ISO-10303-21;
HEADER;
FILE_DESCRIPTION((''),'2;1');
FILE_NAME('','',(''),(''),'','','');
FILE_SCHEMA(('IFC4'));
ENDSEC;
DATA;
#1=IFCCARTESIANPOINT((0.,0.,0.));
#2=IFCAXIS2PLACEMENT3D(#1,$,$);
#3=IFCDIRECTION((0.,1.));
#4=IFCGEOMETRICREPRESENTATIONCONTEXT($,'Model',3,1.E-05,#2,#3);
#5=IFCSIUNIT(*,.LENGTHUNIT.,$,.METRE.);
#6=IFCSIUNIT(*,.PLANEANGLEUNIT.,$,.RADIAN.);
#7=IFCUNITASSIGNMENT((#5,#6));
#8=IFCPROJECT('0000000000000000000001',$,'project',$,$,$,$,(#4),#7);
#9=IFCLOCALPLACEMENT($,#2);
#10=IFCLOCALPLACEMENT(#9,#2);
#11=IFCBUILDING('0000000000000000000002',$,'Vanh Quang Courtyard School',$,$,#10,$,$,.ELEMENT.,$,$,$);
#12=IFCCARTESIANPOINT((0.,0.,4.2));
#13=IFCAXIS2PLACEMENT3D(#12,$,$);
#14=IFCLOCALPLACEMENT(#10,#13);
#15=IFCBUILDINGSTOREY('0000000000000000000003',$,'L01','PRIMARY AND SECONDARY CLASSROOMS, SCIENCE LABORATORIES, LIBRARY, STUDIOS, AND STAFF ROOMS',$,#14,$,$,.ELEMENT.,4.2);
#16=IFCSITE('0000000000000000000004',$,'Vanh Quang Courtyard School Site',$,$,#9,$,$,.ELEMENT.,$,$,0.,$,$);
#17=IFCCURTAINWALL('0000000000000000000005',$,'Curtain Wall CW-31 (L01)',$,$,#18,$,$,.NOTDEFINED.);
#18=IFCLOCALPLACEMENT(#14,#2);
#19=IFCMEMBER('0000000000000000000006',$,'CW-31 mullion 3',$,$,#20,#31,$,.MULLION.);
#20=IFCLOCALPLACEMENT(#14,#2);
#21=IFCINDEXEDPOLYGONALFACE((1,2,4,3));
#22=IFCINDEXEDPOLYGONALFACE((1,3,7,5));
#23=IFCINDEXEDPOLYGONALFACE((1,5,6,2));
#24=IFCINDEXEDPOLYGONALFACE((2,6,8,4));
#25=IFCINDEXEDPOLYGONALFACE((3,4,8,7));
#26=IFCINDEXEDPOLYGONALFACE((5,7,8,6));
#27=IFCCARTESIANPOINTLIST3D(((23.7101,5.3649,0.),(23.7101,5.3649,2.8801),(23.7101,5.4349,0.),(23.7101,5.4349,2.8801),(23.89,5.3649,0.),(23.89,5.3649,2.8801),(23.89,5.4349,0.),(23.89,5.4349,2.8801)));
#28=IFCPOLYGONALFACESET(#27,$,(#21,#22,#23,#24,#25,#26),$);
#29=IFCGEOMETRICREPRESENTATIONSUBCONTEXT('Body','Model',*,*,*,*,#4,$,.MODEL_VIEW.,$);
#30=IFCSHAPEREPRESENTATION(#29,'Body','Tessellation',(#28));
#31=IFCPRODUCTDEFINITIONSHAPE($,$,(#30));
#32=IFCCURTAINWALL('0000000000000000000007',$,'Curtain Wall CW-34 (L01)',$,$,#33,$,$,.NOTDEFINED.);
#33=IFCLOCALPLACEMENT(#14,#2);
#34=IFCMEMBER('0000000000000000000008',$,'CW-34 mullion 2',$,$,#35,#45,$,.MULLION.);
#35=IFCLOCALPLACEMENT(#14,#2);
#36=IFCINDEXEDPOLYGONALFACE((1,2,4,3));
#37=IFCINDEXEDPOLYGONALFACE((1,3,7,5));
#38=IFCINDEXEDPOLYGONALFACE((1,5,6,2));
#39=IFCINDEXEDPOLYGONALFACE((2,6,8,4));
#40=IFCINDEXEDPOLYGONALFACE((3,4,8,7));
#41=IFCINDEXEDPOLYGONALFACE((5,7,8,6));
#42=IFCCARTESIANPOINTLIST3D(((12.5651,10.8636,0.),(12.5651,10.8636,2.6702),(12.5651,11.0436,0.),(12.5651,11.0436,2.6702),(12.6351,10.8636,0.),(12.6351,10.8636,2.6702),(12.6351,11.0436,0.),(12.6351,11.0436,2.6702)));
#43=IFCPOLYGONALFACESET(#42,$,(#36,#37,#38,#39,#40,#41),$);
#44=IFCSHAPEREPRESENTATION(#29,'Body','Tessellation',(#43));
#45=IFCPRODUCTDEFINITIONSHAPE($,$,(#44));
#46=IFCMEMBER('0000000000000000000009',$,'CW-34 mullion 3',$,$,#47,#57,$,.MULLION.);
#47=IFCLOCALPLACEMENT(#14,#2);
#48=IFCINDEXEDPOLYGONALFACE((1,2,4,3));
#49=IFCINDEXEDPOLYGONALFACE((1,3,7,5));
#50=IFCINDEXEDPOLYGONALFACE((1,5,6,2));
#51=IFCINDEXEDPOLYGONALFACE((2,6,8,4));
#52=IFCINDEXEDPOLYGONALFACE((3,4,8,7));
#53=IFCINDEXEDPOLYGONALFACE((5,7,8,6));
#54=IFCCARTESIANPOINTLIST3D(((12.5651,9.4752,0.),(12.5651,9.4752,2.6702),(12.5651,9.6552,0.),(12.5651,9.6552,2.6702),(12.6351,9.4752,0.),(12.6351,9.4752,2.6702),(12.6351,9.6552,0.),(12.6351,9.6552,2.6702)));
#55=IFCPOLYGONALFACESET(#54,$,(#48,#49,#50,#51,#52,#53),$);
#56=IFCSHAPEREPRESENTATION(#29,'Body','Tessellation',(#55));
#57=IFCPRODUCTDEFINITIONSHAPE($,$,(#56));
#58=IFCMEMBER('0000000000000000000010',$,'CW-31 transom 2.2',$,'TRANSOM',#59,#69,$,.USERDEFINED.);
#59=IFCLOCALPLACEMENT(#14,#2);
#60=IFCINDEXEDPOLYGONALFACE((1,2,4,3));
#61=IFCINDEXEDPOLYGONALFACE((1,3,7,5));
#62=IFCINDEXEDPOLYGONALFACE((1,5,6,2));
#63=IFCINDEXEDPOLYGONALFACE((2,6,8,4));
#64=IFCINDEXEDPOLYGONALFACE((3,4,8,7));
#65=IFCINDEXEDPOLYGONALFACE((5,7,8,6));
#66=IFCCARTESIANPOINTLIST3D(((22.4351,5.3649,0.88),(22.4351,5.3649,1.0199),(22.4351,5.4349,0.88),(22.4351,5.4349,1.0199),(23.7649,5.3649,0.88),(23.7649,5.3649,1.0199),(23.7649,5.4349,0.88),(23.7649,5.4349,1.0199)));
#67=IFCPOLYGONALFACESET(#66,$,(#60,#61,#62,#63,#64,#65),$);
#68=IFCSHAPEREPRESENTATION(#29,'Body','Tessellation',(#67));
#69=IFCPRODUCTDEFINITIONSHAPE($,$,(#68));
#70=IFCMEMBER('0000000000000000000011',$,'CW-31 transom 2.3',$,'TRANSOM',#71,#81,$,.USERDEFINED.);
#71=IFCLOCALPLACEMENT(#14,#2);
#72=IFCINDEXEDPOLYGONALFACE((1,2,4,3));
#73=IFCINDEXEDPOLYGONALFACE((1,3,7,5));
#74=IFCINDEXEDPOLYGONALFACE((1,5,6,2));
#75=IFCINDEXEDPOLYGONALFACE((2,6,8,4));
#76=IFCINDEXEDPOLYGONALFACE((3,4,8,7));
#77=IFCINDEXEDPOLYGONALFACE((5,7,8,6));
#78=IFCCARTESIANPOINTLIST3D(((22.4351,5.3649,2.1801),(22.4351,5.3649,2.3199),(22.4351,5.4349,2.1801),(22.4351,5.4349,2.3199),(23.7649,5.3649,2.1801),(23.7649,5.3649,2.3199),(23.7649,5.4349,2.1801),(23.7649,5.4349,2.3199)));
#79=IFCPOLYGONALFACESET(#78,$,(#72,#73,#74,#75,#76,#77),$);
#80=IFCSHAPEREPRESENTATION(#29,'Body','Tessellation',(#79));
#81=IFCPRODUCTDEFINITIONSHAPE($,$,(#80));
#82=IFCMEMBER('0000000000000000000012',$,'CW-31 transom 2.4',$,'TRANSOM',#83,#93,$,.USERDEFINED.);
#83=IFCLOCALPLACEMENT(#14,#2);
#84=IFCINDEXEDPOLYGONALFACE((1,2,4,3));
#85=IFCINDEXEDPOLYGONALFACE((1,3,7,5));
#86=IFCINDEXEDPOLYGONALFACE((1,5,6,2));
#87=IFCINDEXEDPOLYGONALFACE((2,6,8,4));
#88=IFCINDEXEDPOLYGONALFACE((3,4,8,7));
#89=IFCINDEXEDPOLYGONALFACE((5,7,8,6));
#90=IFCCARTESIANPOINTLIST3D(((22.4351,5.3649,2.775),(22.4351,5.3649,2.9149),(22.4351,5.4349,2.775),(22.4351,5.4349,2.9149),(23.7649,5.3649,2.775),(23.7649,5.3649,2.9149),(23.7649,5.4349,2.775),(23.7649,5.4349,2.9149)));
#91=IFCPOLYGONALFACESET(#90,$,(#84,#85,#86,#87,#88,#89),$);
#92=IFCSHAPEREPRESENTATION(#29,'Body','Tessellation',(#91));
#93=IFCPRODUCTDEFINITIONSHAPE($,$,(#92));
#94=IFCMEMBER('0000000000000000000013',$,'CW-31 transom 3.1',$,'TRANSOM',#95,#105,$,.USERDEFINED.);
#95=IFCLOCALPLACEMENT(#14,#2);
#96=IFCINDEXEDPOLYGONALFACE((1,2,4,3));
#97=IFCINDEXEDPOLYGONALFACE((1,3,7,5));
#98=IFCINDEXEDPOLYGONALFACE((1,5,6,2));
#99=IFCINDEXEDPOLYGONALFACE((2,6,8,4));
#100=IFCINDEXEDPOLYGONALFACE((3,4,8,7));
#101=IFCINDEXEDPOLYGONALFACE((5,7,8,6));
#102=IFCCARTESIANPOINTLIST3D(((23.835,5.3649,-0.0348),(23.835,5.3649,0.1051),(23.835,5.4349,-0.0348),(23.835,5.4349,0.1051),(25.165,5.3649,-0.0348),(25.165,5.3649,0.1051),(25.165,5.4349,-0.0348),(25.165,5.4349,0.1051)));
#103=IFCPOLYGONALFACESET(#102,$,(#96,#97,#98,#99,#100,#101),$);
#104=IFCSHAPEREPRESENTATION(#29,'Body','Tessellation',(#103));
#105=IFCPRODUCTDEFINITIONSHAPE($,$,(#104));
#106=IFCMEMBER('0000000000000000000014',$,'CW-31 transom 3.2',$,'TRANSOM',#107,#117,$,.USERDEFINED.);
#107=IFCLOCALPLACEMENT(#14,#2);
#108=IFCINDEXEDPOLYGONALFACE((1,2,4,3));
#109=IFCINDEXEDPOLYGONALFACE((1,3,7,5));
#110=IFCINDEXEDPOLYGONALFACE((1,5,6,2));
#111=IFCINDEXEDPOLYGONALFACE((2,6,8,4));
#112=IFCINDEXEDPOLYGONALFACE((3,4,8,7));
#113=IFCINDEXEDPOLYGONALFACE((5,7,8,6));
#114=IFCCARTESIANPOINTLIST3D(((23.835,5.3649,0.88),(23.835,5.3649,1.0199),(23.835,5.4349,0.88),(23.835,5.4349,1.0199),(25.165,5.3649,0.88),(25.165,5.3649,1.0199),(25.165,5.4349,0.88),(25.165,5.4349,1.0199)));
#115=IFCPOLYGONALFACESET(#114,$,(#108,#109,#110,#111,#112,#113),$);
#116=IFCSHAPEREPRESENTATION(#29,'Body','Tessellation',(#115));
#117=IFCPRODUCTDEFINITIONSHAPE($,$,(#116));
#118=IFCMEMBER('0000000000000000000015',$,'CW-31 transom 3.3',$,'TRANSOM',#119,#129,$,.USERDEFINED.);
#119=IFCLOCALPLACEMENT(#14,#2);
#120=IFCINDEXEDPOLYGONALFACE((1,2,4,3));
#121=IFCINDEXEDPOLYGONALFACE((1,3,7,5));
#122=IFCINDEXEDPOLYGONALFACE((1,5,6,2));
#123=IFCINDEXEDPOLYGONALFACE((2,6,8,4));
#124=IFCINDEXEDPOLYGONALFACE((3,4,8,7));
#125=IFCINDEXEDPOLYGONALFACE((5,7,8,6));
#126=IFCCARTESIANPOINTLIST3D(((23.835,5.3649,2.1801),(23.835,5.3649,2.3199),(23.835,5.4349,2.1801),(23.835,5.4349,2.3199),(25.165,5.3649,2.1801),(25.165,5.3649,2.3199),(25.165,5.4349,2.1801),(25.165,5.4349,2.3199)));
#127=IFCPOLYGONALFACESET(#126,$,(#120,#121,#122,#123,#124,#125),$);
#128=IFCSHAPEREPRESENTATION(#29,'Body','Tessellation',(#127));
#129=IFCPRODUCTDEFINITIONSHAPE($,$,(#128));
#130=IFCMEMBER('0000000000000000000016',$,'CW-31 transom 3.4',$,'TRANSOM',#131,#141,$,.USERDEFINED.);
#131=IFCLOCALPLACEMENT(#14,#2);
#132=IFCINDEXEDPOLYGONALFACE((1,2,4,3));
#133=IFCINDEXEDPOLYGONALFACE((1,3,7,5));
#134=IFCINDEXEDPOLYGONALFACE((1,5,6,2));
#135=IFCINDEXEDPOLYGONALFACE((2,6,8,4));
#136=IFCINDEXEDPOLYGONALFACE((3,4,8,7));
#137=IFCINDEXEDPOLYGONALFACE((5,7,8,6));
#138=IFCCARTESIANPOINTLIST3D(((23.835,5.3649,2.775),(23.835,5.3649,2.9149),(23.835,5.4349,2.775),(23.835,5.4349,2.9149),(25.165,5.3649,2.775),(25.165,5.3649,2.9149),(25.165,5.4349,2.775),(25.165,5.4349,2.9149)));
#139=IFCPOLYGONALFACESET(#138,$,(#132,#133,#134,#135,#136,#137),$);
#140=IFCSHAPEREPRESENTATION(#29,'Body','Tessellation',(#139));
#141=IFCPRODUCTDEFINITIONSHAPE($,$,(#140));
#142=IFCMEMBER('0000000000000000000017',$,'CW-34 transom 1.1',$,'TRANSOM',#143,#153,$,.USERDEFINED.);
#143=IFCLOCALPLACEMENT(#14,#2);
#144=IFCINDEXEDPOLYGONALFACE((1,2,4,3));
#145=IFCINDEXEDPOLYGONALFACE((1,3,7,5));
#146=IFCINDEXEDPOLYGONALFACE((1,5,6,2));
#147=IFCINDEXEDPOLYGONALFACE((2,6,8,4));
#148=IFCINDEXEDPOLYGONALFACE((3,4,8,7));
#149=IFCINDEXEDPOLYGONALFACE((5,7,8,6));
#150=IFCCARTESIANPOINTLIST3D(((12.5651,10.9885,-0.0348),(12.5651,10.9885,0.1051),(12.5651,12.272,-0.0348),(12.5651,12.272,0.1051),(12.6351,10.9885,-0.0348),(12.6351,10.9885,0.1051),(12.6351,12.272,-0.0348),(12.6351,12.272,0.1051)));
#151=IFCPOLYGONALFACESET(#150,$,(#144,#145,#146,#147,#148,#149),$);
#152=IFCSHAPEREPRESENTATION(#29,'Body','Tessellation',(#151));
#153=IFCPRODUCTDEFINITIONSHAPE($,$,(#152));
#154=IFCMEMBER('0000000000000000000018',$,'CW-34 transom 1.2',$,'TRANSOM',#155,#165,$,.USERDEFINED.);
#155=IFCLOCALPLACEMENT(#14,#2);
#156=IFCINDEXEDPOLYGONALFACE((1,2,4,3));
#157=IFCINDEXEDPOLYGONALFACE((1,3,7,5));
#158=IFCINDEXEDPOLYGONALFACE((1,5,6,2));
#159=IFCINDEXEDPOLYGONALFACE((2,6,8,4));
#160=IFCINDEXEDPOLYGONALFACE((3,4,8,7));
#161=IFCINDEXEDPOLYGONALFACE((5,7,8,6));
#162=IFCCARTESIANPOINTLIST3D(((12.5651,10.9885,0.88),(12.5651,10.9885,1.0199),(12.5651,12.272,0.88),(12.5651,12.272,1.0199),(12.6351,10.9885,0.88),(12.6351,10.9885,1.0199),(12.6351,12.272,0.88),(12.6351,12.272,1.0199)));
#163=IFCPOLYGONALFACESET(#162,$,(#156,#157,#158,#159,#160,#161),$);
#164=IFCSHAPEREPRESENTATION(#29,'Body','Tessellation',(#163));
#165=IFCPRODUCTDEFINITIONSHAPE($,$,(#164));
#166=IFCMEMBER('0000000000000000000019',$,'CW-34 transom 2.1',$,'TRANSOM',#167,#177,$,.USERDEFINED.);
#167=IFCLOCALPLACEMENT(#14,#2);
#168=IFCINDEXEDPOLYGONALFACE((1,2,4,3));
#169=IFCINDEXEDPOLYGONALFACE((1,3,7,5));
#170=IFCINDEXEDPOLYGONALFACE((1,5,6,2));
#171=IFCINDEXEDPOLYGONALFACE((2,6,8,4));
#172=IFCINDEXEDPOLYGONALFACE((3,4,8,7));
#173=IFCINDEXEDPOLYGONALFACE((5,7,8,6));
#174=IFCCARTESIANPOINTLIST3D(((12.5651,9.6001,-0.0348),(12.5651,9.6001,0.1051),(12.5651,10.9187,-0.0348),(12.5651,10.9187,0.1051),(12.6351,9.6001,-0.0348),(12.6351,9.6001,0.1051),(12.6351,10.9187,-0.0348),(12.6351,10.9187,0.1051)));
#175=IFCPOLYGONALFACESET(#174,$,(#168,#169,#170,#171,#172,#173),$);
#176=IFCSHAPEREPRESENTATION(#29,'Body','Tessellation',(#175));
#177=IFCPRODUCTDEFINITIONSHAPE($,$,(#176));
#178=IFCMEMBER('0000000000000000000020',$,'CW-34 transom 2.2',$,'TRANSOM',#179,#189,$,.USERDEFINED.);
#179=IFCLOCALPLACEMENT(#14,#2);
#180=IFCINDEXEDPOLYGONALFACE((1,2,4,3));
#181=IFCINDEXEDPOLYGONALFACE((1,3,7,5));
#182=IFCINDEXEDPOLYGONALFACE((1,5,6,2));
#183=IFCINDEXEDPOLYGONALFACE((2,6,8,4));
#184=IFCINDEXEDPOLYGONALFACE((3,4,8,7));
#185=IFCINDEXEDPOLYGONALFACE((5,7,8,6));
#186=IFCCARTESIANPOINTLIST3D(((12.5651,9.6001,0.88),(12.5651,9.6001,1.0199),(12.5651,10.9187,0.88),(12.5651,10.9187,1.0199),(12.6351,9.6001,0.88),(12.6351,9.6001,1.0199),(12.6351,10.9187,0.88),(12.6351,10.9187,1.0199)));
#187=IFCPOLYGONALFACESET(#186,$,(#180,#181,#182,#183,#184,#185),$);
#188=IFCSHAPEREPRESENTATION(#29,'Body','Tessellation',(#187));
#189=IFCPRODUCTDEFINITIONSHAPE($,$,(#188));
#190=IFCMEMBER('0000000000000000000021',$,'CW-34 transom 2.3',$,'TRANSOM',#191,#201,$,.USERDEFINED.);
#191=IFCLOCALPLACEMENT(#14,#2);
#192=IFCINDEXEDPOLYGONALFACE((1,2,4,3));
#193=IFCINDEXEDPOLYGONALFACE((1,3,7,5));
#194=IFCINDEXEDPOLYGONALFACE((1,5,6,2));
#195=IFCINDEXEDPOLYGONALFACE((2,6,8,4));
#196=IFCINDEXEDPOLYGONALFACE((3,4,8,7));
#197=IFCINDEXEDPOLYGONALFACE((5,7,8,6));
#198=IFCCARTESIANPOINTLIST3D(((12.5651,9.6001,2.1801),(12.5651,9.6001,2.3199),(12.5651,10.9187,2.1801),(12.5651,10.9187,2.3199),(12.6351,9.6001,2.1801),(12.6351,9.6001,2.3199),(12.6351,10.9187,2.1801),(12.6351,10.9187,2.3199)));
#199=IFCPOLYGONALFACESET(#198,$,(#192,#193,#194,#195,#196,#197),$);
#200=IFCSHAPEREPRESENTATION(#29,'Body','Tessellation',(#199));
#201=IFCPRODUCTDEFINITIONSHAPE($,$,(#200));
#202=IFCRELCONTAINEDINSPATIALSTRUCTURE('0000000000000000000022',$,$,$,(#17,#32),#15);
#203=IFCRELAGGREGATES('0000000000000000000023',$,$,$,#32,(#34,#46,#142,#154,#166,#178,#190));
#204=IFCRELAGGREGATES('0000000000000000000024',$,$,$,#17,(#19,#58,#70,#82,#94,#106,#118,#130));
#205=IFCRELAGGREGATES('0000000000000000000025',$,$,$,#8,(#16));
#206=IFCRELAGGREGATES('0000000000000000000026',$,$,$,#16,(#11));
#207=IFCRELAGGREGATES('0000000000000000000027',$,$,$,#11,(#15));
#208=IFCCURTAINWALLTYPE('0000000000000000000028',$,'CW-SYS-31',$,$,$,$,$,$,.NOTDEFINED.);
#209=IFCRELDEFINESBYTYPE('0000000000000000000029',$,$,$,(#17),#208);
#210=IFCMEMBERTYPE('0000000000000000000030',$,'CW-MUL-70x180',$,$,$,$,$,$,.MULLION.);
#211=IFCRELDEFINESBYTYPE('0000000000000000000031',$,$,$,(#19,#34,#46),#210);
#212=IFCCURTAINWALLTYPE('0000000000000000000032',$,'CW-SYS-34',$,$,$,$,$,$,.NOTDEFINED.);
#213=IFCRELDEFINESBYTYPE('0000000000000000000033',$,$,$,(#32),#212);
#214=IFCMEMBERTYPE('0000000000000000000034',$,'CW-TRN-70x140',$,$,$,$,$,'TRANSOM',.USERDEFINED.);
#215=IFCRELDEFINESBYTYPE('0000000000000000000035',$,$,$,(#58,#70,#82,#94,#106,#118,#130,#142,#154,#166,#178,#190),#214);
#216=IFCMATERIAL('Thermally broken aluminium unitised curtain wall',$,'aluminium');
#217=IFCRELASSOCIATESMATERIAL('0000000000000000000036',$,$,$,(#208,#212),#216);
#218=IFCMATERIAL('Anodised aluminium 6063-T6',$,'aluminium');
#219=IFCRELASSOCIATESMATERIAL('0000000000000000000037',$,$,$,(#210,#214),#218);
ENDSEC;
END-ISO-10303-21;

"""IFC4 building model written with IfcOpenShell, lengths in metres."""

from ifc_helpers import new_model, si_unit, direction, frame, origin, origin_2d, place, context, subcontext, project, spatial, rectangle, extrude, material, material_profile, profile_set, type_object, element, aggregate, save


model = new_model("IFC4")

# Units and contexts
model_context = context("Model", 3, precision=1e-05, world=origin(), true_north=direction((0.0, 1.0)))
body_context = subcontext(model_context, "Body", "Model", "MODEL_VIEW")
ifc_project = project(units=[si_unit("LENGTHUNIT", "METRE"), si_unit("PLANEANGLEUNIT", "RADIAN")], contexts=[model_context])

# Site, building, storey
site_placement = place(None, origin())
site = spatial("IfcSite", under=ifc_project, at=site_placement, Name="Vanh Quang Courtyard School Site", CompositionType="ELEMENT", RefElevation=0.0)
building_placement = place(site_placement, origin())
building = spatial("IfcBuilding", under=site, at=building_placement, Name="Vanh Quang Courtyard School", CompositionType="ELEMENT")
storey_placement = place(building_placement, frame((0.0, 0.0, 4.2)))
storey = spatial("IfcBuildingStorey", under=building, at=storey_placement, Name="L01", Description="PRIMARY AND SECONDARY CLASSROOMS, SCIENCE LABORATORIES, LIBRARY, STUDIOS, AND STAFF ROOMS", CompositionType="ELEMENT", Elevation=4.2)

# Curtain wall, member
ifc_material_1 = material(Name="Thermally broken aluminium unitised curtain wall", Category="aluminium")
curtain_wall_type_1 = type_object("IfcCurtainWallType", Name="CW-SYS-31", PredefinedType="NOTDEFINED", material=ifc_material_1)
curtain_wall_1_placement = place(storey_placement, origin())
curtain_wall_1 = element("IfcCurtainWall", 1, at=curtain_wall_1_placement, inside=storey, type_object=curtain_wall_type_1, Name="Curtain Wall CW-31 (L01)", PredefinedType="NOTDEFINED")
ifc_material_2 = material(Name="Anodised aluminium 6063-T6", Category="aluminium")
ifc_material_profile_1 = material_profile(ifc_material_2, rectangle(XDim=0.0701, YDim=0.1799, at=origin_2d()), Name="ALU-MUL 70x180")
ifc_profile_set_1 = profile_set([ifc_material_profile_1], Name="Anodised aluminium 6063-T6")
member_type_1 = type_object("IfcMemberType", Name="CW-MUL-70x180", PredefinedType="MULLION", material=ifc_profile_set_1)
member_1_placement = place(storey_placement, frame((23.8, 5.3999, 0.0), z_axis=(0.0, 0.0, 1.0), x_axis=(0.0, 1.0, 0.0)))
member_1 = element("IfcMember", 2, at=member_1_placement, type_object=member_type_1, Name="CW-31 mullion 3", PredefinedType="MULLION", context=body_context, shape_type="SweptSolid", body=[
    extrude(rectangle(XDim=0.0701, YDim=0.1799, at=origin_2d()), origin(), (0.0, 0.0, 1.0), 2.8801),
])

# Curtain wall, members
curtain_wall_type_2 = type_object("IfcCurtainWallType", Name="CW-SYS-34", PredefinedType="NOTDEFINED", material=ifc_material_1)
curtain_wall_2_placement = place(storey_placement, origin())
curtain_wall_2 = element("IfcCurtainWall", 3, at=curtain_wall_2_placement, inside=storey, type_object=curtain_wall_type_2, Name="Curtain Wall CW-34 (L01)", PredefinedType="NOTDEFINED")
member_2_placement = place(storey_placement, frame((12.6001, 10.9536, 0.0), z_axis=(0.0, 0.0, 1.0), x_axis=(1.0, 0.0, 0.0)))
member_2 = element("IfcMember", 4, at=member_2_placement, type_object=member_type_1, Name="CW-34 mullion 2", PredefinedType="MULLION", context=body_context, shape_type="SweptSolid", body=[
    extrude(rectangle(XDim=0.0701, YDim=0.1799, at=origin_2d()), origin(), (0.0, 0.0, 1.0), 2.6702),
])
member_3_placement = place(storey_placement, frame((12.6001, 9.5652, 0.0), z_axis=(0.0, 0.0, 1.0), x_axis=(1.0, 0.0, 0.0)))
member_3 = element("IfcMember", 5, at=member_3_placement, type_object=member_type_1, Name="CW-34 mullion 3", PredefinedType="MULLION", context=body_context, shape_type="SweptSolid", body=[
    extrude(rectangle(XDim=0.0701, YDim=0.1799, at=origin_2d()), origin(), (0.0, 0.0, 1.0), 2.6702),
])

# Members
ifc_material_profile_2 = material_profile(ifc_material_2, rectangle(XDim=0.0701, YDim=0.1399, at=origin_2d()), Name="ALU-TRN 70x140")
ifc_profile_set_2 = profile_set([ifc_material_profile_2], Name="Anodised aluminium 6063-T6")
member_type_2 = type_object("IfcMemberType", Name="CW-TRN-70x140", ElementType="TRANSOM", PredefinedType="USERDEFINED", material=ifc_profile_set_2)
member_4_placement = place(storey_placement, frame((22.4351, 5.3999, 0.95), z_axis=(1.0, 0.0, 0.0), x_axis=(0.0, 1.0, 0.0)))
member_4 = element("IfcMember", 6, at=member_4_placement, type_object=member_type_2, Name="CW-31 transom 2.2", ObjectType="TRANSOM", PredefinedType="USERDEFINED", context=body_context, shape_type="SweptSolid", body=[
    extrude(rectangle(XDim=0.0701, YDim=0.1399, at=origin_2d()), origin(), (0.0, 0.0, 1.0), 1.3298),
])
member_5_placement = place(storey_placement, frame((22.4351, 5.3999, 2.25), z_axis=(1.0, 0.0, 0.0), x_axis=(0.0, 1.0, 0.0)))
member_5 = element("IfcMember", 7, at=member_5_placement, type_object=member_type_2, Name="CW-31 transom 2.3", ObjectType="TRANSOM", PredefinedType="USERDEFINED", context=body_context, shape_type="SweptSolid", body=[
    extrude(rectangle(XDim=0.0701, YDim=0.1399, at=origin_2d()), origin(), (0.0, 0.0, 1.0), 1.3298),
])
member_6_placement = place(storey_placement, frame((22.4351, 5.3999, 2.845), z_axis=(1.0, 0.0, 0.0), x_axis=(0.0, 1.0, 0.0)))
member_6 = element("IfcMember", 8, at=member_6_placement, type_object=member_type_2, Name="CW-31 transom 2.4", ObjectType="TRANSOM", PredefinedType="USERDEFINED", context=body_context, shape_type="SweptSolid", body=[
    extrude(rectangle(XDim=0.0701, YDim=0.1399, at=origin_2d()), origin(), (0.0, 0.0, 1.0), 1.3298),
])
member_7_placement = place(storey_placement, frame((23.835, 5.3999, 0.0352), z_axis=(1.0, 0.0, 0.0), x_axis=(0.0, 1.0, 0.0)))
member_7 = element("IfcMember", 9, at=member_7_placement, type_object=member_type_2, Name="CW-31 transom 3.1", ObjectType="TRANSOM", PredefinedType="USERDEFINED", context=body_context, shape_type="SweptSolid", body=[
    extrude(rectangle(XDim=0.0701, YDim=0.1399, at=origin_2d()), origin(), (0.0, 0.0, 1.0), 1.3301),
])
member_8_placement = place(storey_placement, frame((23.835, 5.3999, 0.95), z_axis=(1.0, 0.0, 0.0), x_axis=(0.0, 1.0, 0.0)))
member_8 = element("IfcMember", 10, at=member_8_placement, type_object=member_type_2, Name="CW-31 transom 3.2", ObjectType="TRANSOM", PredefinedType="USERDEFINED", context=body_context, shape_type="SweptSolid", body=[
    extrude(rectangle(XDim=0.0701, YDim=0.1399, at=origin_2d()), origin(), (0.0, 0.0, 1.0), 1.3301),
])
member_9_placement = place(storey_placement, frame((23.835, 5.3999, 2.25), z_axis=(1.0, 0.0, 0.0), x_axis=(0.0, 1.0, 0.0)))
member_9 = element("IfcMember", 11, at=member_9_placement, type_object=member_type_2, Name="CW-31 transom 3.3", ObjectType="TRANSOM", PredefinedType="USERDEFINED", context=body_context, shape_type="SweptSolid", body=[
    extrude(rectangle(XDim=0.0701, YDim=0.1399, at=origin_2d()), origin(), (0.0, 0.0, 1.0), 1.3301),
])
member_10_placement = place(storey_placement, frame((23.835, 5.3999, 2.845), z_axis=(1.0, 0.0, 0.0), x_axis=(0.0, 1.0, 0.0)))
member_10 = element("IfcMember", 12, at=member_10_placement, type_object=member_type_2, Name="CW-31 transom 3.4", ObjectType="TRANSOM", PredefinedType="USERDEFINED", context=body_context, shape_type="SweptSolid", body=[
    extrude(rectangle(XDim=0.0701, YDim=0.1399, at=origin_2d()), origin(), (0.0, 0.0, 1.0), 1.3301),
])
member_11_placement = place(storey_placement, frame((12.6001, 12.272, 0.0352), z_axis=(0.0, -1.0, 0.0), x_axis=(1.0, 0.0, 0.0)))
member_11 = element("IfcMember", 13, at=member_11_placement, type_object=member_type_2, Name="CW-34 transom 1.1", ObjectType="TRANSOM", PredefinedType="USERDEFINED", context=body_context, shape_type="SweptSolid", body=[
    extrude(rectangle(XDim=0.0701, YDim=0.1399, at=origin_2d()), origin(), (0.0, 0.0, 1.0), 1.2834),
])
member_12_placement = place(storey_placement, frame((12.6001, 12.272, 0.95), z_axis=(0.0, -1.0, 0.0), x_axis=(1.0, 0.0, 0.0)))
member_12 = element("IfcMember", 14, at=member_12_placement, type_object=member_type_2, Name="CW-34 transom 1.2", ObjectType="TRANSOM", PredefinedType="USERDEFINED", context=body_context, shape_type="SweptSolid", body=[
    extrude(rectangle(XDim=0.0701, YDim=0.1399, at=origin_2d()), origin(), (0.0, 0.0, 1.0), 1.2834),
])
member_13_placement = place(storey_placement, frame((12.6001, 10.9187, 0.0352), z_axis=(0.0, -1.0, 0.0), x_axis=(1.0, 0.0, 0.0)))
member_13 = element("IfcMember", 15, at=member_13_placement, type_object=member_type_2, Name="CW-34 transom 2.1", ObjectType="TRANSOM", PredefinedType="USERDEFINED", context=body_context, shape_type="SweptSolid", body=[
    extrude(rectangle(XDim=0.0701, YDim=0.1399, at=origin_2d()), origin(), (0.0, 0.0, 1.0), 1.3186),
])
member_14_placement = place(storey_placement, frame((12.6001, 10.9187, 0.95), z_axis=(0.0, -1.0, 0.0), x_axis=(1.0, 0.0, 0.0)))
member_14 = element("IfcMember", 16, at=member_14_placement, type_object=member_type_2, Name="CW-34 transom 2.2", ObjectType="TRANSOM", PredefinedType="USERDEFINED", context=body_context, shape_type="SweptSolid", body=[
    extrude(rectangle(XDim=0.0701, YDim=0.1399, at=origin_2d()), origin(), (0.0, 0.0, 1.0), 1.3186),
])
member_15_placement = place(storey_placement, frame((12.6001, 10.9187, 2.25), z_axis=(0.0, -1.0, 0.0), x_axis=(1.0, 0.0, 0.0)))
member_15 = element("IfcMember", 17, at=member_15_placement, type_object=member_type_2, Name="CW-34 transom 2.3", ObjectType="TRANSOM", PredefinedType="USERDEFINED", context=body_context, shape_type="SweptSolid", body=[
    extrude(rectangle(XDim=0.0701, YDim=0.1399, at=origin_2d()), origin(), (0.0, 0.0, 1.0), 1.3186),
])

aggregate(curtain_wall_2, [member_2, member_3, member_11, member_12, member_13, member_14, member_15])
aggregate(curtain_wall_1, [member_1, member_4, member_5, member_6, member_7, member_8, member_9, member_10])

save(model, "model.ifc")
